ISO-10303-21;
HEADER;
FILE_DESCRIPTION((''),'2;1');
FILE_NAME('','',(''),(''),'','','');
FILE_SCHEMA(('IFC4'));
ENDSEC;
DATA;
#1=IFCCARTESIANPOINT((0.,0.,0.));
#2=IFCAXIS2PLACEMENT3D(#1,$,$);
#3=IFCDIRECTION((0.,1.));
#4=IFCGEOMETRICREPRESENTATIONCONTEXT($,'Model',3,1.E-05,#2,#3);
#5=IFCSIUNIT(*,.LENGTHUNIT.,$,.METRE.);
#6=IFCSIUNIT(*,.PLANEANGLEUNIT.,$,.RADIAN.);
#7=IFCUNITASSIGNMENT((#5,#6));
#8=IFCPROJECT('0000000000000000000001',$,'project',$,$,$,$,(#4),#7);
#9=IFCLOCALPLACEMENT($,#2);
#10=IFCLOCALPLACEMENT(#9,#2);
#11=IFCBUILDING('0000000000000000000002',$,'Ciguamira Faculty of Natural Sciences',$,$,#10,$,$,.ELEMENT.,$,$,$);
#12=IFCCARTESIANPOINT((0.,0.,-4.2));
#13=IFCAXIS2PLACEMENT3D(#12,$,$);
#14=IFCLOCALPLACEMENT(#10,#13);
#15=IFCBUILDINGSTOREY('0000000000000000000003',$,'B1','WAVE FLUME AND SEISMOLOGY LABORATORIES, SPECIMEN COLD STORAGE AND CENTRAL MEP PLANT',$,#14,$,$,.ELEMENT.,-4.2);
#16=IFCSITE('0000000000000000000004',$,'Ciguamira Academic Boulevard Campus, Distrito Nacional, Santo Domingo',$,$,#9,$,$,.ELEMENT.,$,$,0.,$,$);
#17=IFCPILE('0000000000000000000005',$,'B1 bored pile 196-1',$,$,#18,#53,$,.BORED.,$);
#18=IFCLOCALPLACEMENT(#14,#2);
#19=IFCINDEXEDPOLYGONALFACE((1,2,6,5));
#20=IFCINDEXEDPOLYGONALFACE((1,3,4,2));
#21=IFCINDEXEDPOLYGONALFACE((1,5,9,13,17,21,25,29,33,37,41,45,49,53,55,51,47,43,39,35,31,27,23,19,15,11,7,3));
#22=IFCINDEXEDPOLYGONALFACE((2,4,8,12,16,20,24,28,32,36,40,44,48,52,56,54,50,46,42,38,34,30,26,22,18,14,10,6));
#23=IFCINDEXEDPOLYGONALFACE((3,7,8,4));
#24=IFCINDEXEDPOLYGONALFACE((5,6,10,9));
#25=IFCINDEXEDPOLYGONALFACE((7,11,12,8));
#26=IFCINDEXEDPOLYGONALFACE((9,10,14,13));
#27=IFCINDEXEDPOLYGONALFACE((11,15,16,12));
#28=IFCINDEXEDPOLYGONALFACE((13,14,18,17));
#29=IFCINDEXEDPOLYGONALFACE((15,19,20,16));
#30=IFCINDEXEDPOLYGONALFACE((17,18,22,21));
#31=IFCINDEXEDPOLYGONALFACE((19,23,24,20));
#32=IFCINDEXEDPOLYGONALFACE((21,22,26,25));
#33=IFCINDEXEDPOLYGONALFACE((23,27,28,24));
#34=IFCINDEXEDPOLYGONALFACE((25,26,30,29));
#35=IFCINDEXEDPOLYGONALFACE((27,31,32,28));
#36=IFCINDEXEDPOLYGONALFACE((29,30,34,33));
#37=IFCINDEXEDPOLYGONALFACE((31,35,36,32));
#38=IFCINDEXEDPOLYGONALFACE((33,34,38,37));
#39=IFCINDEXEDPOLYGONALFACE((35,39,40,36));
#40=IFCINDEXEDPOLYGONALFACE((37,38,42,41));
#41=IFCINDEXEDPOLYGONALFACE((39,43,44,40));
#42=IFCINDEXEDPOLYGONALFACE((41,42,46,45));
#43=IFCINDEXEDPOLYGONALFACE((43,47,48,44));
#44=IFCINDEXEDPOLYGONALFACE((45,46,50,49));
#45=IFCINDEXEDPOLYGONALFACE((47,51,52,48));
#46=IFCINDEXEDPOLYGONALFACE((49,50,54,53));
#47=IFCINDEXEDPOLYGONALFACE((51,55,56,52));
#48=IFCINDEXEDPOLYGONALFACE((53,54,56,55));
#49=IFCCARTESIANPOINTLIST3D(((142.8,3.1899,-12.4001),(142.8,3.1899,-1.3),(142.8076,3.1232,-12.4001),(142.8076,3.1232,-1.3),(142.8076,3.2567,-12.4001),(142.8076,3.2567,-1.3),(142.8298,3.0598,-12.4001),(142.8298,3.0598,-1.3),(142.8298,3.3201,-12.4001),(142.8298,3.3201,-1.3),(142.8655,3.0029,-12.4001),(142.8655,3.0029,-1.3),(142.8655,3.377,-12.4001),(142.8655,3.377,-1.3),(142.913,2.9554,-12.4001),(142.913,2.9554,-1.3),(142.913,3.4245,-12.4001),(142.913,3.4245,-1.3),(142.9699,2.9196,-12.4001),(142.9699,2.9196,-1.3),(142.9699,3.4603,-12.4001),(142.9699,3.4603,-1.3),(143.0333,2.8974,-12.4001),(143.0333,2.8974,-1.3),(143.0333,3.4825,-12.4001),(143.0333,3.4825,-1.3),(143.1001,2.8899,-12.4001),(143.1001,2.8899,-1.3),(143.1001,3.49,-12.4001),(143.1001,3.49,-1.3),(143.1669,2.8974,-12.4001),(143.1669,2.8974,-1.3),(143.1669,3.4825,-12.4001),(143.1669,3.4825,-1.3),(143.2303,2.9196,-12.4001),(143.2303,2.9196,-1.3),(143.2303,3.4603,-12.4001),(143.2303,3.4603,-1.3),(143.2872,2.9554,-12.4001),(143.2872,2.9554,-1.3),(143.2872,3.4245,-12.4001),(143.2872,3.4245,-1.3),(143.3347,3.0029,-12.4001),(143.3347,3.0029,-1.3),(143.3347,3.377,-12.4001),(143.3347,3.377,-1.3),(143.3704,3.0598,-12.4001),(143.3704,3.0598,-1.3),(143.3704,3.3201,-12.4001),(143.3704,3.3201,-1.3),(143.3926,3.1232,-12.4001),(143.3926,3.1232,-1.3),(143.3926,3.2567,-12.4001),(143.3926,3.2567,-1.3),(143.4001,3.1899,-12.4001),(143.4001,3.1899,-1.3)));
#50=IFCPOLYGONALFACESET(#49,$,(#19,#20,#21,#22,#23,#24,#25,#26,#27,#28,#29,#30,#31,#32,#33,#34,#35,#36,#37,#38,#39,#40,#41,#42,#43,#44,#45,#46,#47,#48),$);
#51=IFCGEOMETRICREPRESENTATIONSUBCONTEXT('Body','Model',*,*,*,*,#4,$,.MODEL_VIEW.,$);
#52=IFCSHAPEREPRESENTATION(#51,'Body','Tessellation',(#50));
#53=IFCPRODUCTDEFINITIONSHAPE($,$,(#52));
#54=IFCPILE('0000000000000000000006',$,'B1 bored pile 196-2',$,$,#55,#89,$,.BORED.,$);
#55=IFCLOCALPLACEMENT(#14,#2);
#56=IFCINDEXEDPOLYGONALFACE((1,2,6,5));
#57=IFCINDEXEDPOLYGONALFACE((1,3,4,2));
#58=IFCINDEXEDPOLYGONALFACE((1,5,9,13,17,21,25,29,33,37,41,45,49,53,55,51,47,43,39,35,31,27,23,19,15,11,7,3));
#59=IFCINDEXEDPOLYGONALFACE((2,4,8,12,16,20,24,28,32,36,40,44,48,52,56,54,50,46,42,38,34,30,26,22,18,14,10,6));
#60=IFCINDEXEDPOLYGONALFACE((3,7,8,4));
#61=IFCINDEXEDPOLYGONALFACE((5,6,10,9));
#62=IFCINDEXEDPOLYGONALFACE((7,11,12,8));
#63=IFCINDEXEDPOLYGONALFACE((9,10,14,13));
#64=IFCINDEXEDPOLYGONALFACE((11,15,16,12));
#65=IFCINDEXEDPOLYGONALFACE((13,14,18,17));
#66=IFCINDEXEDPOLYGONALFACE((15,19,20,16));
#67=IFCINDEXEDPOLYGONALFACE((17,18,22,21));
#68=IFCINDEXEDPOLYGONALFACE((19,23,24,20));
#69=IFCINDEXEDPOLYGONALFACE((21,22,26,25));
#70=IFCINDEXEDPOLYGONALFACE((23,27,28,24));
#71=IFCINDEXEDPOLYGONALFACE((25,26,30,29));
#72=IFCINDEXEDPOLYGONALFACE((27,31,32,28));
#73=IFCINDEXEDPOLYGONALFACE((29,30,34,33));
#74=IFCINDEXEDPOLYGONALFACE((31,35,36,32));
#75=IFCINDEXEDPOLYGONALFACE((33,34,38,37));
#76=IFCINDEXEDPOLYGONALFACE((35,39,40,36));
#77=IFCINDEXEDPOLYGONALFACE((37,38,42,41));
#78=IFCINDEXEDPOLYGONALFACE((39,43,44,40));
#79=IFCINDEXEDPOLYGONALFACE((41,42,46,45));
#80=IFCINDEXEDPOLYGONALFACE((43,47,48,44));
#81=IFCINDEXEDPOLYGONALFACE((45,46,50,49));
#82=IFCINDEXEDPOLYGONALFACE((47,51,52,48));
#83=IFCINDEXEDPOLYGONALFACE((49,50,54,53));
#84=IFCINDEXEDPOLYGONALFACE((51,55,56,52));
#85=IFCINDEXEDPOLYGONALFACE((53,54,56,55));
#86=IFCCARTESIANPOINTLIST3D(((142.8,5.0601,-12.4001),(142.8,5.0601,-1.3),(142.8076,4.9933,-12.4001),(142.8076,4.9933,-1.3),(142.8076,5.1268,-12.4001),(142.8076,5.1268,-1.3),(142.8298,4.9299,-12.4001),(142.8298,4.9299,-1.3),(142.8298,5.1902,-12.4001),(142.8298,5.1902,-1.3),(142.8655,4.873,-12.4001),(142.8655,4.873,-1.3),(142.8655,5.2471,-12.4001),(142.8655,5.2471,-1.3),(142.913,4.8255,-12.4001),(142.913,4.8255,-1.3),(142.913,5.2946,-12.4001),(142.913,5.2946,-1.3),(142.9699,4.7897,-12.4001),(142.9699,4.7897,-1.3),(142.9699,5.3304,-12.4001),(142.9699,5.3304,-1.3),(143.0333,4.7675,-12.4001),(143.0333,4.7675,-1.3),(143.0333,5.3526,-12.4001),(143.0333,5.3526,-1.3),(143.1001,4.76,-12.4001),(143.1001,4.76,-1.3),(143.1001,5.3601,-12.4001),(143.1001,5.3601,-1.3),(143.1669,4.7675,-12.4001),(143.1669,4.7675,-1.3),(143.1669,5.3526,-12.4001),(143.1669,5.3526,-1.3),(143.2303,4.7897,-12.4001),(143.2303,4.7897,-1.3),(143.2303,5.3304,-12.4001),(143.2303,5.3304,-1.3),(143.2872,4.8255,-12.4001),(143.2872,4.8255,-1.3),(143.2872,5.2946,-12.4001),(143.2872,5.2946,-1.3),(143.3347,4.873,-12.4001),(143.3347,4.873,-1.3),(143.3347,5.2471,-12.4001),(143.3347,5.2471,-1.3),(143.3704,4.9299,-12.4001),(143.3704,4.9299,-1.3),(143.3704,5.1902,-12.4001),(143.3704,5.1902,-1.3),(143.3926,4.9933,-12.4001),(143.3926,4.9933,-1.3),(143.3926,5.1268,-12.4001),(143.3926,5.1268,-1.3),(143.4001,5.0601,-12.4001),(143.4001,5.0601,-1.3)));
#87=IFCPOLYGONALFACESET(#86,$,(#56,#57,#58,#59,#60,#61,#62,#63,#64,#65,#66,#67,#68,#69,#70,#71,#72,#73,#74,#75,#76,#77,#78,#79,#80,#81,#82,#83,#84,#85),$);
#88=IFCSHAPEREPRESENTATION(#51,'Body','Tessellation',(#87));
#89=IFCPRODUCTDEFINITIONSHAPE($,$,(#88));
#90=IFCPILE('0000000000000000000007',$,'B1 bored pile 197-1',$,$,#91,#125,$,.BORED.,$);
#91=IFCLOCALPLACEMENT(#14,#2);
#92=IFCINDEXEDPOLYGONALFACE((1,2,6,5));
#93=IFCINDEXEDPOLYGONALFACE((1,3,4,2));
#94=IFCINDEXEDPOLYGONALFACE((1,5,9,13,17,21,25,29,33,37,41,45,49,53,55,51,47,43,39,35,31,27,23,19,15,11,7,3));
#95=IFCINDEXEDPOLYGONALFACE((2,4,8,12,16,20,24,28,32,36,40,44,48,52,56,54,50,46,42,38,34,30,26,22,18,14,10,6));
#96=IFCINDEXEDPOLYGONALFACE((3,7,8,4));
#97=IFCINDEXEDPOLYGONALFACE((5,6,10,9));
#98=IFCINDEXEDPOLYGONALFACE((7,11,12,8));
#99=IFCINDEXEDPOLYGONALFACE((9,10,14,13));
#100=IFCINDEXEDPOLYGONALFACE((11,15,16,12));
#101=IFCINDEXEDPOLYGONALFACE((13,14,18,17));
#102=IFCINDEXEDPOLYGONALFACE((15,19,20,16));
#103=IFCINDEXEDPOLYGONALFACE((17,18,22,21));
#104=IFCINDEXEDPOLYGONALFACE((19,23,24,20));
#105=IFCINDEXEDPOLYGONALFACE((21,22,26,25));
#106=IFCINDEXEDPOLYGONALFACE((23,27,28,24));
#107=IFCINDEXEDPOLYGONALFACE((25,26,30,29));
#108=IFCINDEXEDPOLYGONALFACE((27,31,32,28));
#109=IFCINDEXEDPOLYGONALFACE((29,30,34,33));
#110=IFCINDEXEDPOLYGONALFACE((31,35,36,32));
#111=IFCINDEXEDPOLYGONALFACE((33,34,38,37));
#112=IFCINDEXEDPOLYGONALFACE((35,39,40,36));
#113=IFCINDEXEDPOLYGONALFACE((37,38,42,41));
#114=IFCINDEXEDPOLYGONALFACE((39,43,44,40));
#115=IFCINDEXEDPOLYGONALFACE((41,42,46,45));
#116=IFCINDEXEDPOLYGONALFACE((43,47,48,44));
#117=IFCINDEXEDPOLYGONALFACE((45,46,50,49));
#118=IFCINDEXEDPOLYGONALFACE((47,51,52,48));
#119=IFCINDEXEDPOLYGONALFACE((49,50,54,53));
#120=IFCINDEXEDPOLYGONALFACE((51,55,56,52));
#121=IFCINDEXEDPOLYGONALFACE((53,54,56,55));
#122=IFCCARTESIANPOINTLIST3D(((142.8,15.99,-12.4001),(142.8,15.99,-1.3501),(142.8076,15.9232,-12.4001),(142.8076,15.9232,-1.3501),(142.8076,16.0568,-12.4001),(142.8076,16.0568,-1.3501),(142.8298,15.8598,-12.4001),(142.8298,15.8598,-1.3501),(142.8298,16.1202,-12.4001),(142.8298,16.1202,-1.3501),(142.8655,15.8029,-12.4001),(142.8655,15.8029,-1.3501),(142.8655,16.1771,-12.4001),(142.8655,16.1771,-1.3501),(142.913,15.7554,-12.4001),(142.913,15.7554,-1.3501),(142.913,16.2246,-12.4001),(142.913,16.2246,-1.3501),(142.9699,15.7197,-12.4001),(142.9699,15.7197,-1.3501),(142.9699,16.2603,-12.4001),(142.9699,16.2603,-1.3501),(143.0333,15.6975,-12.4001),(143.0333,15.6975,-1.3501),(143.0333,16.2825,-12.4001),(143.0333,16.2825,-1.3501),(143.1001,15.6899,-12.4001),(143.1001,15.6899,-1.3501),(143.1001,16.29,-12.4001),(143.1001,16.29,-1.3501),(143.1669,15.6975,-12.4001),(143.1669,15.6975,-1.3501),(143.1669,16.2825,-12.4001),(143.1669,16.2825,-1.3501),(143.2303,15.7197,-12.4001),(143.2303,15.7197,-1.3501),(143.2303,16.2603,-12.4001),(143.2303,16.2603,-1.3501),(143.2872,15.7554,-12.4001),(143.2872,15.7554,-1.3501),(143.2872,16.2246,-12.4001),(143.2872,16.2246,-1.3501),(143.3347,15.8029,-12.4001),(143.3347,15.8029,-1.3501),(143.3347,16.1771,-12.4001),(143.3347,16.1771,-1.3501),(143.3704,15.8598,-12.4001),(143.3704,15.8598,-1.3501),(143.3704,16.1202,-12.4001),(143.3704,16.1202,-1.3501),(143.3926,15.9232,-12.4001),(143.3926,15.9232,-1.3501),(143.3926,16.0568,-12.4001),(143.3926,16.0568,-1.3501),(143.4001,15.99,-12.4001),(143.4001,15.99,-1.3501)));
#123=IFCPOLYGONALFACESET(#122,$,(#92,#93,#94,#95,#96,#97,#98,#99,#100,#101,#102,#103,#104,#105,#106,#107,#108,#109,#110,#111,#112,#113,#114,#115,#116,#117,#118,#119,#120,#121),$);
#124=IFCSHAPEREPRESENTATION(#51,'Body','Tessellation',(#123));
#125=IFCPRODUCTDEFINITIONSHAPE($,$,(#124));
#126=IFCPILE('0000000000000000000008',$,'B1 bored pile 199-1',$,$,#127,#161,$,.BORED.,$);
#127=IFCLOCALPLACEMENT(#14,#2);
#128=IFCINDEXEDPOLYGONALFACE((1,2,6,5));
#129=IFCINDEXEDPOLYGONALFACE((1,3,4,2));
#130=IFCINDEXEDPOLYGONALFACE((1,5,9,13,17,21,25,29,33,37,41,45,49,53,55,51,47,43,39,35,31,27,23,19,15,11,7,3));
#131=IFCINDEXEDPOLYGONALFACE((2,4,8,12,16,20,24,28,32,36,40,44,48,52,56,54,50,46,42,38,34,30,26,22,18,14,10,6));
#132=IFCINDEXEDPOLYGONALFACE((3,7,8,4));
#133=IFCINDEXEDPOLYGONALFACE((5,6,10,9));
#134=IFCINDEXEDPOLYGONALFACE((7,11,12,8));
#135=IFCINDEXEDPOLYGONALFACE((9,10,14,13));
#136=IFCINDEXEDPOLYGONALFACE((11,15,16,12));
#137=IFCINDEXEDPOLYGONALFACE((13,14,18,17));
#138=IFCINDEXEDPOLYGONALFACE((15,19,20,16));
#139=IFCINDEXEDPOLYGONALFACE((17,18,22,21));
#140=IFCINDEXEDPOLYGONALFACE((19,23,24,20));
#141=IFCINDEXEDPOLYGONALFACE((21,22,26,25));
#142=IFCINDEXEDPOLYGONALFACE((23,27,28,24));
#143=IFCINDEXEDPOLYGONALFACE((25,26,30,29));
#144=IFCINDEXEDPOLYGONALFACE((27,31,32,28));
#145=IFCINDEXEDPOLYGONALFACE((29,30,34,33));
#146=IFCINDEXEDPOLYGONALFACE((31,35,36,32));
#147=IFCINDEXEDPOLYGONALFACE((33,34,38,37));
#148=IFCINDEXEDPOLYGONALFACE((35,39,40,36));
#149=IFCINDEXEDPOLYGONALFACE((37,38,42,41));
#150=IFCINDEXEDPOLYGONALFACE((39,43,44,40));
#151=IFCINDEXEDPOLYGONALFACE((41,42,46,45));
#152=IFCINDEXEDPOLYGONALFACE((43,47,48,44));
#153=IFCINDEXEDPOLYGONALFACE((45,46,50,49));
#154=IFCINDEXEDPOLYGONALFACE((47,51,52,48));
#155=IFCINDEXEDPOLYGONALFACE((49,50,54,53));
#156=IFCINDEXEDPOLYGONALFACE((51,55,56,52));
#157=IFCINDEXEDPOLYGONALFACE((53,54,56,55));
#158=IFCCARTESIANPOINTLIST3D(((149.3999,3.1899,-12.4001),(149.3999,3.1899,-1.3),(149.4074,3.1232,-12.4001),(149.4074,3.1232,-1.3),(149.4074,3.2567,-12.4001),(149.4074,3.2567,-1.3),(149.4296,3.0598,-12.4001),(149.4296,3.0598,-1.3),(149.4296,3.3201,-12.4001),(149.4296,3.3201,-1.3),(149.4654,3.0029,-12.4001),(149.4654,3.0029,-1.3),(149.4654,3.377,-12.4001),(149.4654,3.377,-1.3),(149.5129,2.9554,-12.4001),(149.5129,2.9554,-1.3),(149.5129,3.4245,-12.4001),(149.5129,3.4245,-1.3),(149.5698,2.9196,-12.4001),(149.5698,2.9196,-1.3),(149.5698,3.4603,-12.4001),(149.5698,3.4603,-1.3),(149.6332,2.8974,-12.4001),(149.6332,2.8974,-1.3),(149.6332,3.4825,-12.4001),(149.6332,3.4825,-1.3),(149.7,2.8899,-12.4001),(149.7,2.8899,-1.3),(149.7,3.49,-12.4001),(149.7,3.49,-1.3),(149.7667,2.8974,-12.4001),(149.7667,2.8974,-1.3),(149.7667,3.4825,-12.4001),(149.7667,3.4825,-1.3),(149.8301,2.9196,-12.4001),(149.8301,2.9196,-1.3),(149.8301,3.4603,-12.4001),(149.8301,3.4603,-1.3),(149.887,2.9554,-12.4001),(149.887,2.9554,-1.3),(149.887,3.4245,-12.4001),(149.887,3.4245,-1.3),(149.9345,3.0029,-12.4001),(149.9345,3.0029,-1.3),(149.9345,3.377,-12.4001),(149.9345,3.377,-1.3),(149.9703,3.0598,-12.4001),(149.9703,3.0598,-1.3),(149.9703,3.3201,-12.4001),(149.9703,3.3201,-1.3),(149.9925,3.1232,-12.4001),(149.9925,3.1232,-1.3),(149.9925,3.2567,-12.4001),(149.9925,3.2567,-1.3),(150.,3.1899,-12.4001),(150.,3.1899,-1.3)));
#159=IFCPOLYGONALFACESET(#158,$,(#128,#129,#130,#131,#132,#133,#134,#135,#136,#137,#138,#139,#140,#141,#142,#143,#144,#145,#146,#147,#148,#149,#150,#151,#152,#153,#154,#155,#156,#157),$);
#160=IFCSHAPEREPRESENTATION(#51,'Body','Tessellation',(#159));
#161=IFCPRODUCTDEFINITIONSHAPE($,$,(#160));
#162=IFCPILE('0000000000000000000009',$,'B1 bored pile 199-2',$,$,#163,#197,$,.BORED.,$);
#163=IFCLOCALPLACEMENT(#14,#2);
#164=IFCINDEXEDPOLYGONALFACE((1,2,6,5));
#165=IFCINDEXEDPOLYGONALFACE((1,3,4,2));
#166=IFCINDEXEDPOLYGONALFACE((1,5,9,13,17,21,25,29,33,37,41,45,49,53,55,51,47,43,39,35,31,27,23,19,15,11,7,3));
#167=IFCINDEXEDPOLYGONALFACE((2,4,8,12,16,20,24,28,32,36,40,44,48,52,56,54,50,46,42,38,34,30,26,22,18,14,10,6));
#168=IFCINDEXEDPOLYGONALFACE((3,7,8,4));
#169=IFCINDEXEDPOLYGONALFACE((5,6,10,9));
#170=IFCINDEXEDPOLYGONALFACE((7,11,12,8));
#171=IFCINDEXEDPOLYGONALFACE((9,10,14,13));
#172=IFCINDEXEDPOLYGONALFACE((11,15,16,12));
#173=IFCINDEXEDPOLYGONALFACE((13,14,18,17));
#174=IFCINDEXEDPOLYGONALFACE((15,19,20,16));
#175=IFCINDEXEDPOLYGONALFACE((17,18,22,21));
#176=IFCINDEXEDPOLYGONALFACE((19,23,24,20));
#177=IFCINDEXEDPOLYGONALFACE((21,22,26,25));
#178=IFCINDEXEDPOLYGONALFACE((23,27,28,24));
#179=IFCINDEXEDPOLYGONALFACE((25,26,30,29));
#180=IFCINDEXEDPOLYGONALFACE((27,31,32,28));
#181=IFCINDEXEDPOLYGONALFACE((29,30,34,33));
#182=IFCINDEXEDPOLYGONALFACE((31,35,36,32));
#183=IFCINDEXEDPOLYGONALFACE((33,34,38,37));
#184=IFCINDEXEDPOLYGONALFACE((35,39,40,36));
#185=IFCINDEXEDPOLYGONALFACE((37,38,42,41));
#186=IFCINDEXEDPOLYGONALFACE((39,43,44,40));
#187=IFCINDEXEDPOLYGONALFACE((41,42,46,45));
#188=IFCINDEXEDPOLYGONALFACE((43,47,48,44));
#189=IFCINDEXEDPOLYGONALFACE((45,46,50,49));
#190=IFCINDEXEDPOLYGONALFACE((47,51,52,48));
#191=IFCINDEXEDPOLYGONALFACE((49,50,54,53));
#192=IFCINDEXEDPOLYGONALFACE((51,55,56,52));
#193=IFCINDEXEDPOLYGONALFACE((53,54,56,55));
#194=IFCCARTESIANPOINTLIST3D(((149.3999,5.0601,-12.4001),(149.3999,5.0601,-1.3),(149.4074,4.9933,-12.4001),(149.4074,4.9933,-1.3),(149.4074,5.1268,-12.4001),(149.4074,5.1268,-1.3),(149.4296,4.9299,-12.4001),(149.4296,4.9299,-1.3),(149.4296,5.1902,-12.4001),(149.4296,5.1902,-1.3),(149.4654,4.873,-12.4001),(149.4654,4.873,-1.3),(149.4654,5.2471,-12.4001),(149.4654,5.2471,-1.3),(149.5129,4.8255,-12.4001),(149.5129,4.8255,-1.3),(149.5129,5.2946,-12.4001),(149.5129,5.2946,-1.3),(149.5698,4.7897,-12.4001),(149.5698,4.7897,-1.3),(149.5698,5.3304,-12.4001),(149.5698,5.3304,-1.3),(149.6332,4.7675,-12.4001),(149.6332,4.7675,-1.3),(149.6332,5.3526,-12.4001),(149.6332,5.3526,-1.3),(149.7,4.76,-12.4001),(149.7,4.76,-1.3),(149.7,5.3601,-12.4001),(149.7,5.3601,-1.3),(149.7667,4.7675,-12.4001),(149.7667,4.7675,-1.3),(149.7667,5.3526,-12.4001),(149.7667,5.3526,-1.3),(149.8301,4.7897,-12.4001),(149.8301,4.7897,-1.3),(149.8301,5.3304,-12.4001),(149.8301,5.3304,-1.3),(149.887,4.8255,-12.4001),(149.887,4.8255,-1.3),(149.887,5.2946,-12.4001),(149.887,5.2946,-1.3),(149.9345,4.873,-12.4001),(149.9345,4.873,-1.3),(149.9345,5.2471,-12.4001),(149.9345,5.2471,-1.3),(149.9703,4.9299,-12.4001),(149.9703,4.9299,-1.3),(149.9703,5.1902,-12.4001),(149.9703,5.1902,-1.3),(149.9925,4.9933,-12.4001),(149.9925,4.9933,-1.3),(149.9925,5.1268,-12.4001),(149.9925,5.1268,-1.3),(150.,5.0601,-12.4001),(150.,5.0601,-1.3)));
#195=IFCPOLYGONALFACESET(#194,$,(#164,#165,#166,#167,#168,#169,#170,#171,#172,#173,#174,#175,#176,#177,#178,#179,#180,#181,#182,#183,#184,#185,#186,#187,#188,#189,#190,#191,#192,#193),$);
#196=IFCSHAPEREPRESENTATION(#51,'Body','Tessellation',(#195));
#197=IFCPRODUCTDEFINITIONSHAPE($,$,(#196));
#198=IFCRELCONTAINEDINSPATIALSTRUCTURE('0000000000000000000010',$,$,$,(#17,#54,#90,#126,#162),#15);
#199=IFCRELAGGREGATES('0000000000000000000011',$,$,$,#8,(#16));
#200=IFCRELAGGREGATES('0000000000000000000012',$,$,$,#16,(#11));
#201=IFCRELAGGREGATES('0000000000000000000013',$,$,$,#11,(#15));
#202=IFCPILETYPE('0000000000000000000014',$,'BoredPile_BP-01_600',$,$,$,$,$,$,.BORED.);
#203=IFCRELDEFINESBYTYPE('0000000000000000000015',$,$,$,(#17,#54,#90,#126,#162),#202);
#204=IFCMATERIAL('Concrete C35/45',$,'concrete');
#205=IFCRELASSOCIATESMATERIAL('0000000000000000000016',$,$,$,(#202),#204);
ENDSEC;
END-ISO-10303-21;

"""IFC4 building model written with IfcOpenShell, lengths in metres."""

from ifc_helpers import new_model, si_unit, direction, frame, origin, origin_2d, place, context, subcontext, project, spatial, circle, extrude, material, material_profile, profile_set, type_object, element, save


model = new_model("IFC4")

# Units and contexts
model_context = context("Model", 3, precision=1e-05, world=origin(), true_north=direction((0.0, 1.0)))
body_context = subcontext(model_context, "Body", "Model", "MODEL_VIEW")
ifc_project = project(units=[si_unit("LENGTHUNIT", "METRE"), si_unit("PLANEANGLEUNIT", "RADIAN")], contexts=[model_context])

# Site, building, storey
site_placement = place(None, origin())
site = spatial("IfcSite", under=ifc_project, at=site_placement, Name="Ciguamira Academic Boulevard Campus, Distrito Nacional, Santo Domingo", CompositionType="ELEMENT", RefElevation=0.0)
building_placement = place(site_placement, origin())
building = spatial("IfcBuilding", under=site, at=building_placement, Name="Ciguamira Faculty of Natural Sciences", CompositionType="ELEMENT")
storey_placement = place(building_placement, frame((0.0, 0.0, -4.2)))
storey = spatial("IfcBuildingStorey", under=building, at=storey_placement, Name="B1", Description="WAVE FLUME AND SEISMOLOGY LABORATORIES, SPECIMEN COLD STORAGE AND CENTRAL MEP PLANT", CompositionType="ELEMENT", Elevation=-4.2)

# Piles
ifc_material_1 = material(Name="Concrete C35/45", Category="concrete")
ifc_material_profile_1 = material_profile(ifc_material_1, circle(Radius=0.3, at=origin_2d()), Name="PILE-BORED-600")
ifc_profile_set_1 = profile_set([ifc_material_profile_1], Name="Concrete C35/45")
pile_type = type_object("IfcPileType", Name="BoredPile_BP-01_600", PredefinedType="BORED", material=ifc_profile_set_1)
for number, where, z_axis, x_axis, name in (
    (1, (143.1001, 3.1899, -1.3), (0.0, 0.0, -1.0), (1.0, 0.0, 0.0), "B1 bored pile 196-1"),
    (2, (143.1001, 5.0601, -1.3), (0.0, 0.0, -1.0), (1.0, 0.0, 0.0), "B1 bored pile 196-2"),
):
    element("IfcPile", number, at=place(storey_placement, frame(where, z_axis=z_axis, x_axis=x_axis)), inside=storey, type_object=pile_type, Name=name, PredefinedType="BORED", context=body_context, shape_type="SweptSolid", body=[
        extrude(circle(Radius=0.3, at=origin_2d()), origin(), (0.0, 0.0, 1.0), 11.1001),
    ])
pile_1_placement = place(storey_placement, frame((143.1001, 15.99, -1.3501), z_axis=(0.0, 0.0, -1.0), x_axis=(1.0, 0.0, 0.0)))
element("IfcPile", 3, at=pile_1_placement, inside=storey, type_object=pile_type, Name="B1 bored pile 197-1", PredefinedType="BORED", context=body_context, shape_type="SweptSolid", body=[
    extrude(circle(Radius=0.3, at=origin_2d()), origin(), (0.0, 0.0, 1.0), 11.05),
])
for number, where, z_axis, x_axis, name in (
    (4, (149.7, 3.1899, -1.3), (0.0, 0.0, -1.0), (1.0, 0.0, 0.0), "B1 bored pile 199-1"),
    (5, (149.7, 5.0601, -1.3), (0.0, 0.0, -1.0), (1.0, 0.0, 0.0), "B1 bored pile 199-2"),
):
    element("IfcPile", number, at=place(storey_placement, frame(where, z_axis=z_axis, x_axis=x_axis)), inside=storey, type_object=pile_type, Name=name, PredefinedType="BORED", context=body_context, shape_type="SweptSolid", body=[
        extrude(circle(Radius=0.3, at=origin_2d()), origin(), (0.0, 0.0, 1.0), 11.1001),
    ])

save(model, "model.ifc")
